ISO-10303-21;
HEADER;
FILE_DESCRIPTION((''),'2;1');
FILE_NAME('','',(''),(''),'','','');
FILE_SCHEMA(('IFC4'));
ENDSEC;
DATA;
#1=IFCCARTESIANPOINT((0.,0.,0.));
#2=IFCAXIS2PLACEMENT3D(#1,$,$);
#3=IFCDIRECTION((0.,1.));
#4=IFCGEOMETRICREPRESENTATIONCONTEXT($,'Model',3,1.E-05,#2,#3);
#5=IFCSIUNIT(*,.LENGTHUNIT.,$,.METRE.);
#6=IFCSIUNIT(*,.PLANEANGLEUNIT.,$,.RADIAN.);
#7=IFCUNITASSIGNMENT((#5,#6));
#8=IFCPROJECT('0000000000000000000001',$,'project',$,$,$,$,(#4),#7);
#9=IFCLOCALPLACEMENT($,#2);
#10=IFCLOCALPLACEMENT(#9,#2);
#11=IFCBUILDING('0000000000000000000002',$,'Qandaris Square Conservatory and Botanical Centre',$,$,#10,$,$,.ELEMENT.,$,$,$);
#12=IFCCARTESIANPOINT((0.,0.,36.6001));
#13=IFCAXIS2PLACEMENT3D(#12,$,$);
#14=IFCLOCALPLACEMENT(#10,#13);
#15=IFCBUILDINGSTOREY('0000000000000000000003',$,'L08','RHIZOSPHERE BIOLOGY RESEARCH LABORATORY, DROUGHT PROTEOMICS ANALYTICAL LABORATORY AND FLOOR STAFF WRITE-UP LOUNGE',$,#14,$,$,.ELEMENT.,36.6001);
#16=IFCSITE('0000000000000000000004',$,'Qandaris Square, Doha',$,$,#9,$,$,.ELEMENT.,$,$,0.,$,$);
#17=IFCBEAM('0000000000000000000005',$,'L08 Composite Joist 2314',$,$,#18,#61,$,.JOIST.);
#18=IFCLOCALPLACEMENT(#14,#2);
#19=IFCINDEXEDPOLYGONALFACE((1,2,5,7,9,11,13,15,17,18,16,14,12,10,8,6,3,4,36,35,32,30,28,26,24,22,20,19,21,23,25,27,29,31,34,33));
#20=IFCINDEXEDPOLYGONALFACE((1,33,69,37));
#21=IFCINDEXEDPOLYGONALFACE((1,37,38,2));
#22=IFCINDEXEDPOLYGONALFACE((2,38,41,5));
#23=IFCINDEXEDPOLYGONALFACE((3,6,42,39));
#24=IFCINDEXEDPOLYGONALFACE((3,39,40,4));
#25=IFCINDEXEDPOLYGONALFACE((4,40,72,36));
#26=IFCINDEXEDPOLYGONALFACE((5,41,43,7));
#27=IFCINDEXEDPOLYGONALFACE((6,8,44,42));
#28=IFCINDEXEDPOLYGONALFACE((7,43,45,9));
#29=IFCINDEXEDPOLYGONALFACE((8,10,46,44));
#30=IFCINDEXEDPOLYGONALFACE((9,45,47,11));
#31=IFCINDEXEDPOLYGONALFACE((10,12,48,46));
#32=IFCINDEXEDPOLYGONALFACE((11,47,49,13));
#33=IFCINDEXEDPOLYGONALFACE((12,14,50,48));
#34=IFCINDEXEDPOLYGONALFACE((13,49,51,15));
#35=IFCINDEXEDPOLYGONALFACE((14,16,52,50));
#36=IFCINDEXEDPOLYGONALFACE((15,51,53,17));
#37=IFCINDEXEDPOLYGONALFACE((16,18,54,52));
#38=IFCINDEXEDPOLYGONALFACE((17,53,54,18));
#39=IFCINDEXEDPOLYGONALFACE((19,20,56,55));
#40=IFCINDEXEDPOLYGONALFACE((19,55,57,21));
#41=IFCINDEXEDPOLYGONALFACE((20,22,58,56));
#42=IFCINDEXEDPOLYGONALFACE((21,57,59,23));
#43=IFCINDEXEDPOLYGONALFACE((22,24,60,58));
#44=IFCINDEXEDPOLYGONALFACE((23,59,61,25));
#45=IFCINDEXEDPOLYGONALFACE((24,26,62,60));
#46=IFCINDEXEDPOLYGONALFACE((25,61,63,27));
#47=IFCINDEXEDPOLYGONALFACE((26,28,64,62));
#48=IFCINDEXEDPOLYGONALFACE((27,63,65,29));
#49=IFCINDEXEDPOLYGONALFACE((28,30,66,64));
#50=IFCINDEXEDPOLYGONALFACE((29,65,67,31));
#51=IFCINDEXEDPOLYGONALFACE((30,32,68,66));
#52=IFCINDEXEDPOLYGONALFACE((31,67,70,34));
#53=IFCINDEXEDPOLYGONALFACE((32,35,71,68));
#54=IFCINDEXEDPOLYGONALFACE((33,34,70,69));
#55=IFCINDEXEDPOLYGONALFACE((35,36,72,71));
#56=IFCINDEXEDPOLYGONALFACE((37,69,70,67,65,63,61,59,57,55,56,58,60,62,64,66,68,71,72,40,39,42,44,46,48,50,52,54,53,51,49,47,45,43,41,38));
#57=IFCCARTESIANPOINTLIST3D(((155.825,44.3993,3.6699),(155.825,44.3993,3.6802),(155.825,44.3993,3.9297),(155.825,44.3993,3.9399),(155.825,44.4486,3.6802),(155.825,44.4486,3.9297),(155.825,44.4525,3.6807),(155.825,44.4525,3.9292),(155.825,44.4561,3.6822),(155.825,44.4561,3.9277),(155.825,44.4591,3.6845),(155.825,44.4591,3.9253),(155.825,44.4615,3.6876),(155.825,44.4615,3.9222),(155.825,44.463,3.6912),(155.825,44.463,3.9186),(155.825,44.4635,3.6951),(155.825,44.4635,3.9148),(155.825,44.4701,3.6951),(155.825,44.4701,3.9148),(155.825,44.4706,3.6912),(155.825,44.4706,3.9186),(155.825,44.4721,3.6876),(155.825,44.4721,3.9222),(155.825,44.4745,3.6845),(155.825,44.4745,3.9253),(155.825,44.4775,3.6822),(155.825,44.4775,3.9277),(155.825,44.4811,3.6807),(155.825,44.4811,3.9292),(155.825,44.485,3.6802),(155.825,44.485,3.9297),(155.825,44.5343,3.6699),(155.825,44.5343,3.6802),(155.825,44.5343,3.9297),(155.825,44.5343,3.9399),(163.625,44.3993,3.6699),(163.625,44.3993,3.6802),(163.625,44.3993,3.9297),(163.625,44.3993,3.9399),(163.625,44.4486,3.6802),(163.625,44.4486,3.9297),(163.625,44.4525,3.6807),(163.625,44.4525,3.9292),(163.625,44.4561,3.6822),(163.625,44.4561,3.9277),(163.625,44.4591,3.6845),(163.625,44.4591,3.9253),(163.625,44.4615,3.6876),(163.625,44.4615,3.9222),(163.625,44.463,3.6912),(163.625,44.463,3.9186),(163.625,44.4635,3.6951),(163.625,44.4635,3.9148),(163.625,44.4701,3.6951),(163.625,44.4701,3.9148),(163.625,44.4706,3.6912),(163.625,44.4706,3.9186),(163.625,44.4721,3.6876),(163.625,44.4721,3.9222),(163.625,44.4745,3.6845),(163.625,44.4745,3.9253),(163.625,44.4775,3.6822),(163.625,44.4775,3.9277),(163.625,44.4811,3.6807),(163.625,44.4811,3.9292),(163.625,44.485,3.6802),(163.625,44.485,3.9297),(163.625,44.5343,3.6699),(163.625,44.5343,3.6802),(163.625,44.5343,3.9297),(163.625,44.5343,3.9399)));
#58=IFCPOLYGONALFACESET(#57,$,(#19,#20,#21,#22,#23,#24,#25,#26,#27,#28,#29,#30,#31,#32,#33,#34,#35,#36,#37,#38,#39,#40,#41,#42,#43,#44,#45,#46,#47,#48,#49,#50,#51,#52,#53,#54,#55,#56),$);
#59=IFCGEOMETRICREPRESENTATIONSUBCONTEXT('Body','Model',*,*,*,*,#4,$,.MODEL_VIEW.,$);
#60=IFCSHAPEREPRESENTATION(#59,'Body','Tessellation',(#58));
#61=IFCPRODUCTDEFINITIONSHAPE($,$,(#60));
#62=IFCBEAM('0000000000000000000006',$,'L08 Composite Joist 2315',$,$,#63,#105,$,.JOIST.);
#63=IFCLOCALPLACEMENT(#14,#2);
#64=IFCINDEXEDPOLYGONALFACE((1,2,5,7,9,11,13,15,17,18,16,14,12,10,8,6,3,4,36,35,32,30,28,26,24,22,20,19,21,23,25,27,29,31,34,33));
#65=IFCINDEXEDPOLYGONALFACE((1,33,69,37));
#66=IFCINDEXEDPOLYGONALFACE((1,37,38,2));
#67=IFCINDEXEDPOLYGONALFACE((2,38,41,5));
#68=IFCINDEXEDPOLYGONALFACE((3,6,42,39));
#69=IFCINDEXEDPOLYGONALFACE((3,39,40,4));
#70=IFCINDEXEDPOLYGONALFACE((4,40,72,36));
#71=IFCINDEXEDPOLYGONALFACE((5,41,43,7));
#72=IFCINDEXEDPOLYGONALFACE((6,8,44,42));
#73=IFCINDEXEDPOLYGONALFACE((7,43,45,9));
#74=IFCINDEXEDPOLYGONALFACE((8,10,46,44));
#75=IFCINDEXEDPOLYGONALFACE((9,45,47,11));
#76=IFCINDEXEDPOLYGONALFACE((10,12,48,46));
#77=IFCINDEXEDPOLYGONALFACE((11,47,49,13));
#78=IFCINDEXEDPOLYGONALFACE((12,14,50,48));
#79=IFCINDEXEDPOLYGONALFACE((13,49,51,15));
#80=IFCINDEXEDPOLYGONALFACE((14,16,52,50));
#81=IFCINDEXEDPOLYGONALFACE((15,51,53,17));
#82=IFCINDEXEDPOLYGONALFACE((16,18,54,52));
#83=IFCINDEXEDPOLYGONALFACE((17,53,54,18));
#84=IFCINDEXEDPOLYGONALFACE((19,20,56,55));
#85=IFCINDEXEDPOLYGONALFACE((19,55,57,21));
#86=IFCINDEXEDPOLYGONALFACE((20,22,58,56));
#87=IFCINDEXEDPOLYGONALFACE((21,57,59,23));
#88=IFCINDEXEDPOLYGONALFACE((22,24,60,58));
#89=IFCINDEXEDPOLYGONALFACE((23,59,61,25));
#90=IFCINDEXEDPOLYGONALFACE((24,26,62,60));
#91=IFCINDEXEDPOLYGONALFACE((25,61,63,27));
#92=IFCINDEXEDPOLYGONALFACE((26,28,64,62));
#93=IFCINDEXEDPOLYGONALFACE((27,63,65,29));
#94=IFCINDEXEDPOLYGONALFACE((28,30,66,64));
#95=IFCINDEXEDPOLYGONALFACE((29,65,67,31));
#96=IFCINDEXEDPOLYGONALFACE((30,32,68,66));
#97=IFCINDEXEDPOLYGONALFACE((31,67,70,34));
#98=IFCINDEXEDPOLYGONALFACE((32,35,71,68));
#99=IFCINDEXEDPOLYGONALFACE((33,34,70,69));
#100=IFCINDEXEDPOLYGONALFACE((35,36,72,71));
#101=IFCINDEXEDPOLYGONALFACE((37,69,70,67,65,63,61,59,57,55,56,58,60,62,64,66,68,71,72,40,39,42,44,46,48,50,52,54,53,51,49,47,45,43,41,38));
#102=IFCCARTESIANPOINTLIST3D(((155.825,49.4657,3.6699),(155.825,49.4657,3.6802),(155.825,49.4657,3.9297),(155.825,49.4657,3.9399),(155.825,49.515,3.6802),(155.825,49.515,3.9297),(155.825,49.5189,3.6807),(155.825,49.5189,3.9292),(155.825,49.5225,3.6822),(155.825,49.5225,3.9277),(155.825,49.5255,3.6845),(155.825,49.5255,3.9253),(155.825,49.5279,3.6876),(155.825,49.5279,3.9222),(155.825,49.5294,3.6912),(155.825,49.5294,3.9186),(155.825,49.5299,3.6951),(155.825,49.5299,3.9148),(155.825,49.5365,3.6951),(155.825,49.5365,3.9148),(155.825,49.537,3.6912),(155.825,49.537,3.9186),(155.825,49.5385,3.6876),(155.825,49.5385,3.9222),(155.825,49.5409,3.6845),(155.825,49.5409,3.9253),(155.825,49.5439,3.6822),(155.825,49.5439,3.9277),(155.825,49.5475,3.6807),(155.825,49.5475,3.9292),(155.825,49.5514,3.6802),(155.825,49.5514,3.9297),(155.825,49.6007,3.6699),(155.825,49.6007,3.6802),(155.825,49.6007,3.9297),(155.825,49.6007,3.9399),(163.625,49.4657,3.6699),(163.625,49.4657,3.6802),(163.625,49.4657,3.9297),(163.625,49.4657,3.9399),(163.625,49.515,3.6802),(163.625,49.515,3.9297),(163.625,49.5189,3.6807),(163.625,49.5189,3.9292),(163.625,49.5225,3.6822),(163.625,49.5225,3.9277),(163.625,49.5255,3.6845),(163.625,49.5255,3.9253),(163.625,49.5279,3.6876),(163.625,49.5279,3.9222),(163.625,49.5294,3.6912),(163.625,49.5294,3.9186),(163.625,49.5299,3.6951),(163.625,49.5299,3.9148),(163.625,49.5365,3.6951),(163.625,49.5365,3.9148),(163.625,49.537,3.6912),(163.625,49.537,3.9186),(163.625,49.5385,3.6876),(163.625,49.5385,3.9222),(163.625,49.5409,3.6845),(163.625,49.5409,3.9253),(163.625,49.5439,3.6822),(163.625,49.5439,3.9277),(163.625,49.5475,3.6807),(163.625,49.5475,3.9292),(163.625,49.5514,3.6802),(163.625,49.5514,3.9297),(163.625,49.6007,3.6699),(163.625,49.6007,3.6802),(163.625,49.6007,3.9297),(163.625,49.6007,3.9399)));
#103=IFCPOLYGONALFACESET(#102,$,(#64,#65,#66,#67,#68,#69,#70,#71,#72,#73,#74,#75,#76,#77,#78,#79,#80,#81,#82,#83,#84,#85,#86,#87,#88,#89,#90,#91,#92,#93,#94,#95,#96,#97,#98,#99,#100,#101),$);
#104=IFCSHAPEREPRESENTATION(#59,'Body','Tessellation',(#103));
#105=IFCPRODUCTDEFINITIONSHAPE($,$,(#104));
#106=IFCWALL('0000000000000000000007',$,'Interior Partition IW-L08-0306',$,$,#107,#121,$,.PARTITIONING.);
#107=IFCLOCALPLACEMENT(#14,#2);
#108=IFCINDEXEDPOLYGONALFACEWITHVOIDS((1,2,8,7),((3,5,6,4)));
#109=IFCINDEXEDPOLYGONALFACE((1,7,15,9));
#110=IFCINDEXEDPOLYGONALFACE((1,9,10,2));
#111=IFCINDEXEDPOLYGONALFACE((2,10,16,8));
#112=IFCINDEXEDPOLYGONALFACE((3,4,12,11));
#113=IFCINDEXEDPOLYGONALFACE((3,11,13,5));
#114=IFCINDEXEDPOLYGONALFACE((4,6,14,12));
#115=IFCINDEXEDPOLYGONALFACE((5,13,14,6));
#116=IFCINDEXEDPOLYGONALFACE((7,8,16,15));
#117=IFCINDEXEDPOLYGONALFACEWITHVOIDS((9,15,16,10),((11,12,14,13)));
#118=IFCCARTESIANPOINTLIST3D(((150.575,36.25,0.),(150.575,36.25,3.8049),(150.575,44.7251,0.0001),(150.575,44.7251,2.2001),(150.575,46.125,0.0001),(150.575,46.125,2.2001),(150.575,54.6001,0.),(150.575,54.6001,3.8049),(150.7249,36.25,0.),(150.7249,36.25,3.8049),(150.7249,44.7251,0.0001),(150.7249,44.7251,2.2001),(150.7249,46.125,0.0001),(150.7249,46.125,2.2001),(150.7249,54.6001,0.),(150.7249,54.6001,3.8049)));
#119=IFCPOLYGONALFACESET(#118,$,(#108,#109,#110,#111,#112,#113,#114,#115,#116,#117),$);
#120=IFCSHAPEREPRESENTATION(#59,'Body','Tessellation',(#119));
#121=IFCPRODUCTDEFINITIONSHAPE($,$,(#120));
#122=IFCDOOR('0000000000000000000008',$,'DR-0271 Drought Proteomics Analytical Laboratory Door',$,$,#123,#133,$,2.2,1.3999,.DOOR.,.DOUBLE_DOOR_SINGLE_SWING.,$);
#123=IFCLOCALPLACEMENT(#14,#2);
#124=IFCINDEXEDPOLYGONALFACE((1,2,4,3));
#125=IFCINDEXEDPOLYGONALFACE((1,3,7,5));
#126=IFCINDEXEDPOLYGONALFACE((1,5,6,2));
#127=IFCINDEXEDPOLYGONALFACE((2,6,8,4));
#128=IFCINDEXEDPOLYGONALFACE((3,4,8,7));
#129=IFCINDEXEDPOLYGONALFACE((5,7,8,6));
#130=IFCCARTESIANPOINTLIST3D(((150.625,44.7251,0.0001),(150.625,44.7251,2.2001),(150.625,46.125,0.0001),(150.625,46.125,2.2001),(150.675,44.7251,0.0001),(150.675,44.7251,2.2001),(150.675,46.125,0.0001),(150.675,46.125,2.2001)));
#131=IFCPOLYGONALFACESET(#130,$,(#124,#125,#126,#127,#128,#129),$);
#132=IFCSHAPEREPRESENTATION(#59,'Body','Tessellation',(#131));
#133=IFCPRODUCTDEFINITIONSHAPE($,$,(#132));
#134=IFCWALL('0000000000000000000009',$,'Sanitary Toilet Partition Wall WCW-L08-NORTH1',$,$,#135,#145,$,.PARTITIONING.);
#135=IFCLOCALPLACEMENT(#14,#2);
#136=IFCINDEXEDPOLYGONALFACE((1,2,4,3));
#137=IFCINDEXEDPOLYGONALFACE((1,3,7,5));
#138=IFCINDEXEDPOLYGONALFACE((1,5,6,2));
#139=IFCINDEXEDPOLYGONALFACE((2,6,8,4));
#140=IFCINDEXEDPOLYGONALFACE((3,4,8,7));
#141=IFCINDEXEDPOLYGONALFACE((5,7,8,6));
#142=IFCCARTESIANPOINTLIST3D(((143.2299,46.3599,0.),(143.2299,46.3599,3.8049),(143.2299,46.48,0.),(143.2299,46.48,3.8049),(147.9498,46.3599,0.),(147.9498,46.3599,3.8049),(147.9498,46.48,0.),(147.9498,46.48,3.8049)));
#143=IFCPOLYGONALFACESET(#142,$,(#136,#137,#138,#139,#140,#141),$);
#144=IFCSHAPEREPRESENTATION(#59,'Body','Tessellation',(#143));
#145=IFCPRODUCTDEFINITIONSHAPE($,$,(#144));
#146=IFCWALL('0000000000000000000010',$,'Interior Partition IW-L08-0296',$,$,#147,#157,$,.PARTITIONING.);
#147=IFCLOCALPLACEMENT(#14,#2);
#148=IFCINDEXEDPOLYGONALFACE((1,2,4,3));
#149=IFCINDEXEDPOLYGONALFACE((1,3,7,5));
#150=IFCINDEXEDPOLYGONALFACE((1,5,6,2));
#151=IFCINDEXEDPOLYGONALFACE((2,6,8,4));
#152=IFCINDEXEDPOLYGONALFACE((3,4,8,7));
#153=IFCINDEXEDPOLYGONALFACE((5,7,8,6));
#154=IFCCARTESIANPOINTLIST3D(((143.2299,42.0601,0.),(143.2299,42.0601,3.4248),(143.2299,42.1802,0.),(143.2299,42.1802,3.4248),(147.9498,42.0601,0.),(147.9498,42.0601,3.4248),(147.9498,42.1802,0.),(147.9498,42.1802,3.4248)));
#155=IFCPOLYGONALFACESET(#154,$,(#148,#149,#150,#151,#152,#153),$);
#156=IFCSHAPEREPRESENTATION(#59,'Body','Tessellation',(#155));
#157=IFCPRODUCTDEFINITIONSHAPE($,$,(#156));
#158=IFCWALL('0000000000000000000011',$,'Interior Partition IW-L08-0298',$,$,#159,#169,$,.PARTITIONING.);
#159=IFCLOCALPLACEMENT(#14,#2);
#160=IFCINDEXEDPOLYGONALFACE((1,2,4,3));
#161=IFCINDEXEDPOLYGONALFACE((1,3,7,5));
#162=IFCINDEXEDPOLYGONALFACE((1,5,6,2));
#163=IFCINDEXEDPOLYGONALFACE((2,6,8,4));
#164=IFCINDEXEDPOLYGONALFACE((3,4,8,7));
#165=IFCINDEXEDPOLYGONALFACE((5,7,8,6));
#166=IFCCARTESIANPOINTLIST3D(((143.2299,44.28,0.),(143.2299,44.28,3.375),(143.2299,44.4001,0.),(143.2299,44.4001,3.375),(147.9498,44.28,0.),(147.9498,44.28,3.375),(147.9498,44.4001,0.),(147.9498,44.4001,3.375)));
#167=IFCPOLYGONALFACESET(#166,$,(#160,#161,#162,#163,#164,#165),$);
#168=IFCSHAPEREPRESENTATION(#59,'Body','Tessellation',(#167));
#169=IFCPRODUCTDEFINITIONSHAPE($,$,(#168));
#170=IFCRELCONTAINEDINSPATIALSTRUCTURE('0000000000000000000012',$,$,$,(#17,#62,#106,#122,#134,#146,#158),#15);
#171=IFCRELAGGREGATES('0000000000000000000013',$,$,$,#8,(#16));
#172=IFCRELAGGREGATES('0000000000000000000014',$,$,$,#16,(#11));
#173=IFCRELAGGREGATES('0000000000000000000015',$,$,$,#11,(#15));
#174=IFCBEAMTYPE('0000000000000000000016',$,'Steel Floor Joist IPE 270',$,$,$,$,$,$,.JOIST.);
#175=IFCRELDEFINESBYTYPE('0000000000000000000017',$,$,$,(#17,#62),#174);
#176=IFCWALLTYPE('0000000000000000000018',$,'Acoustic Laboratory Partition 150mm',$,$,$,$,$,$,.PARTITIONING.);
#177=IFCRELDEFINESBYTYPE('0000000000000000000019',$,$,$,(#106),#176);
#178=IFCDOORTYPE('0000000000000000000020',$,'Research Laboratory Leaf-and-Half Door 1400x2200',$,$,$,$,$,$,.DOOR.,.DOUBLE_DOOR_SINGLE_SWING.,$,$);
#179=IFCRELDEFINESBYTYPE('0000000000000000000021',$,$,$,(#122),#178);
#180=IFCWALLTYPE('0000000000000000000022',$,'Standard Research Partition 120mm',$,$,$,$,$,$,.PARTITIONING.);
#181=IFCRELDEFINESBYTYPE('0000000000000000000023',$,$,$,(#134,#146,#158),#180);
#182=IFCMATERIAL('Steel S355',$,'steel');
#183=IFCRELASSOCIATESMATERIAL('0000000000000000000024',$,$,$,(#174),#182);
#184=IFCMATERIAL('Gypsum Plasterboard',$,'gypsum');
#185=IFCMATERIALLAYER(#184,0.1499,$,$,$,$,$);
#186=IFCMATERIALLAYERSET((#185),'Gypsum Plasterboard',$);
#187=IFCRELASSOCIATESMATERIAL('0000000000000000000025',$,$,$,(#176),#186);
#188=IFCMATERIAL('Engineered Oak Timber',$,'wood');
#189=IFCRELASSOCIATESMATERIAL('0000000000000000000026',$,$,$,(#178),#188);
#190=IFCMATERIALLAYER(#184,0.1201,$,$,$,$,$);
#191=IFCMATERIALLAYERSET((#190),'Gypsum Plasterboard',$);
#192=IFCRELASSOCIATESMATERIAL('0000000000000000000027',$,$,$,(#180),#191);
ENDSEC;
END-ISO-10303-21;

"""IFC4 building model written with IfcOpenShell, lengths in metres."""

from ifc_helpers import new_model, si_unit, direction, frame, frame_2d, origin, origin_2d, place, context, subcontext, project, spatial, rectangle, i_section, extrude, material, layer, layer_set, material_profile, profile_set, type_object, element, fill, save


model = new_model("IFC4")

# Units and contexts
model_context = context("Model", 3, precision=1e-05, world=origin(), true_north=direction((0.0, 1.0)))
body_context = subcontext(model_context, "Body", "Model", "MODEL_VIEW")
ifc_project = project(units=[si_unit("LENGTHUNIT", "METRE"), si_unit("PLANEANGLEUNIT", "RADIAN")], contexts=[model_context])

# Site, building, storey
site_placement = place(None, origin())
site = spatial("IfcSite", under=ifc_project, at=site_placement, Name="Qandaris Square, Doha", CompositionType="ELEMENT", RefElevation=0.0)
building_placement = place(site_placement, origin())
building = spatial("IfcBuilding", under=site, at=building_placement, Name="Qandaris Square Conservatory and Botanical Centre", CompositionType="ELEMENT")
storey_placement = place(building_placement, frame((0.0, 0.0, 36.6001)))
storey = spatial("IfcBuildingStorey", under=building, at=storey_placement, Name="L08", Description="RHIZOSPHERE BIOLOGY RESEARCH LABORATORY, DROUGHT PROTEOMICS ANALYTICAL LABORATORY AND FLOOR STAFF WRITE-UP LOUNGE", CompositionType="ELEMENT", Elevation=36.6001)

# Shared definitions
ifc_material_1 = material(Name="Steel S355", Category="steel")

# Beams
ifc_material_profile_1 = material_profile(ifc_material_1, i_section(OverallWidth=0.135, OverallDepth=0.27, WebThickness=0.0066, FlangeThickness=0.0103, FilletRadius=0.0149, at=origin_2d()), Name="IPE 270")
ifc_profile_set_1 = profile_set([ifc_material_profile_1], Name="Steel S355")
beam_type_1 = type_object("IfcBeamType", Name="Steel Floor Joist IPE 270", PredefinedType="JOIST", material=ifc_profile_set_1)
for number, where, z_axis, x_axis, name in (
    (1, (155.825, 44.4668, 3.8049), (1.0, 0.0, 0.0), (0.0, 1.0, 0.0), "L08 Composite Joist 2314"),
    (2, (155.825, 49.5332, 3.8049), (1.0, 0.0, 0.0), (0.0, 1.0, 0.0), "L08 Composite Joist 2315"),
):
    element("IfcBeam", number, at=place(storey_placement, frame(where, z_axis=z_axis, x_axis=x_axis)), inside=storey, type_object=beam_type_1, Name=name, PredefinedType="JOIST", context=body_context, shape_type="SweptSolid", body=[
        extrude(i_section(OverallWidth=0.135, OverallDepth=0.27, WebThickness=0.0066, FlangeThickness=0.0103, FilletRadius=0.0149, at=origin_2d()), origin(), (0.0, 0.0, 1.0), 7.8),
    ])

# Wall, opening, door
ifc_material_2 = material(Name="Gypsum Plasterboard", Category="gypsum")
ifc_layer_1 = layer(ifc_material_2, 0.1499)
ifc_layer_set_1 = layer_set([ifc_layer_1], Name="Gypsum Plasterboard")
wall_type_1 = type_object("IfcWallType", Name="Acoustic Laboratory Partition 150mm", PredefinedType="PARTITIONING", material=ifc_layer_set_1)
wall_1_placement = place(storey_placement, frame((150.6499, 54.6001, 0.0), z_axis=(0.0, 0.0, 1.0), x_axis=(0.0, -1.0, 0.0)))
wall_1 = element("IfcWall", 3, at=wall_1_placement, inside=storey, type_object=wall_type_1, Name="Interior Partition IW-L08-0306", PredefinedType="PARTITIONING", context=body_context, shape_type="SweptSolid", body=[
    extrude(rectangle(XDim=18.3501, YDim=0.1499, at=frame_2d((9.175, 0.0))), origin(), (0.0, 0.0, 1.0), 3.8049),
])
opening_1_placement = place(wall_1_placement, frame((8.4751, 0.0, 0.0)))
opening_1 = element("IfcOpeningElement", 4, at=opening_1_placement, cuts=wall_1, PredefinedType="OPENING", context=body_context, shape_type="SweptSolid", body=[
    extrude(rectangle(XDim=1.3999, YDim=2.2, at=frame_2d((0.7, 1.1001))), frame((0.0, 0.0869, 0.0), z_axis=(0.0, -1.0, 0.0), x_axis=(1.0, 0.0, 0.0)), (0.0, 0.0, 1.0), 0.1738),
])
ifc_material_3 = material(Name="Engineered Oak Timber", Category="wood")
door_type_1 = type_object("IfcDoorType", Name="Research Laboratory Leaf-and-Half Door 1400x2200", OperationType="DOUBLE_DOOR_SINGLE_SWING", PredefinedType="DOOR", material=ifc_material_3)
door_1_placement = place(opening_1_placement, frame((1.3999, 0.0, 0.0), z_axis=(0.0, 0.0, 1.0), x_axis=(-1.0, 0.0, 0.0)))
door_1 = element("IfcDoor", 5, at=door_1_placement, inside=storey, type_object=door_type_1, Name="DR-0271 Drought Proteomics Analytical Laboratory Door", OperationType="DOUBLE_DOOR_SINGLE_SWING", OverallHeight=2.2, OverallWidth=1.3999, PredefinedType="DOOR", context=body_context, shape_type="SweptSolid", body=[
    extrude(rectangle(XDim=1.3999, YDim=2.2, at=frame_2d((0.7, 1.1001))), frame((0.0, 0.0249, 0.0), z_axis=(0.0, -1.0, 0.0), x_axis=(1.0, 0.0, 0.0)), (0.0, 0.0, 1.0), 0.05),
])
fill(opening_1, door_1)

# Walls
ifc_layer_2 = layer(ifc_material_2, 0.1201)
ifc_layer_set_2 = layer_set([ifc_layer_2], Name="Gypsum Plasterboard")
wall_type_2 = type_object("IfcWallType", Name="Standard Research Partition 120mm", PredefinedType="PARTITIONING", material=ifc_layer_set_2)
wall_2_placement = place(storey_placement, frame((143.23, 46.4199, 0.0), z_axis=(0.0, 0.0, 1.0), x_axis=(1.0, 0.0, 0.0)))
element("IfcWall", 6, at=wall_2_placement, inside=storey, type_object=wall_type_2, Name="Sanitary Toilet Partition Wall WCW-L08-NORTH1", PredefinedType="PARTITIONING", context=body_context, shape_type="SweptSolid", body=[
    extrude(rectangle(XDim=4.72, YDim=0.1201, at=frame_2d((2.3599, 0.0))), origin(), (0.0, 0.0, 1.0), 3.8049),
])
wall_3_placement = place(storey_placement, frame((143.23, 42.1201, 0.0), z_axis=(0.0, 0.0, 1.0), x_axis=(1.0, 0.0, 0.0)))
element("IfcWall", 7, at=wall_3_placement, inside=storey, type_object=wall_type_2, Name="Interior Partition IW-L08-0296", PredefinedType="PARTITIONING", context=body_context, shape_type="SweptSolid", body=[
    extrude(rectangle(XDim=4.72, YDim=0.1201, at=frame_2d((2.3599, 0.0))), origin(), (0.0, 0.0, 1.0), 3.4248),
])

# Wall
wall_4_placement = place(storey_placement, frame((143.23, 44.3401, 0.0), z_axis=(0.0, 0.0, 1.0), x_axis=(1.0, 0.0, 0.0)))
element("IfcWall", 8, at=wall_4_placement, inside=storey, type_object=wall_type_2, Name="Interior Partition IW-L08-0298", PredefinedType="PARTITIONING", context=body_context, shape_type="SweptSolid", body=[
    extrude(rectangle(XDim=4.72, YDim=0.1201, at=frame_2d((2.3599, 0.0))), origin(), (0.0, 0.0, 1.0), 3.375),
])

save(model, "model.ifc")
